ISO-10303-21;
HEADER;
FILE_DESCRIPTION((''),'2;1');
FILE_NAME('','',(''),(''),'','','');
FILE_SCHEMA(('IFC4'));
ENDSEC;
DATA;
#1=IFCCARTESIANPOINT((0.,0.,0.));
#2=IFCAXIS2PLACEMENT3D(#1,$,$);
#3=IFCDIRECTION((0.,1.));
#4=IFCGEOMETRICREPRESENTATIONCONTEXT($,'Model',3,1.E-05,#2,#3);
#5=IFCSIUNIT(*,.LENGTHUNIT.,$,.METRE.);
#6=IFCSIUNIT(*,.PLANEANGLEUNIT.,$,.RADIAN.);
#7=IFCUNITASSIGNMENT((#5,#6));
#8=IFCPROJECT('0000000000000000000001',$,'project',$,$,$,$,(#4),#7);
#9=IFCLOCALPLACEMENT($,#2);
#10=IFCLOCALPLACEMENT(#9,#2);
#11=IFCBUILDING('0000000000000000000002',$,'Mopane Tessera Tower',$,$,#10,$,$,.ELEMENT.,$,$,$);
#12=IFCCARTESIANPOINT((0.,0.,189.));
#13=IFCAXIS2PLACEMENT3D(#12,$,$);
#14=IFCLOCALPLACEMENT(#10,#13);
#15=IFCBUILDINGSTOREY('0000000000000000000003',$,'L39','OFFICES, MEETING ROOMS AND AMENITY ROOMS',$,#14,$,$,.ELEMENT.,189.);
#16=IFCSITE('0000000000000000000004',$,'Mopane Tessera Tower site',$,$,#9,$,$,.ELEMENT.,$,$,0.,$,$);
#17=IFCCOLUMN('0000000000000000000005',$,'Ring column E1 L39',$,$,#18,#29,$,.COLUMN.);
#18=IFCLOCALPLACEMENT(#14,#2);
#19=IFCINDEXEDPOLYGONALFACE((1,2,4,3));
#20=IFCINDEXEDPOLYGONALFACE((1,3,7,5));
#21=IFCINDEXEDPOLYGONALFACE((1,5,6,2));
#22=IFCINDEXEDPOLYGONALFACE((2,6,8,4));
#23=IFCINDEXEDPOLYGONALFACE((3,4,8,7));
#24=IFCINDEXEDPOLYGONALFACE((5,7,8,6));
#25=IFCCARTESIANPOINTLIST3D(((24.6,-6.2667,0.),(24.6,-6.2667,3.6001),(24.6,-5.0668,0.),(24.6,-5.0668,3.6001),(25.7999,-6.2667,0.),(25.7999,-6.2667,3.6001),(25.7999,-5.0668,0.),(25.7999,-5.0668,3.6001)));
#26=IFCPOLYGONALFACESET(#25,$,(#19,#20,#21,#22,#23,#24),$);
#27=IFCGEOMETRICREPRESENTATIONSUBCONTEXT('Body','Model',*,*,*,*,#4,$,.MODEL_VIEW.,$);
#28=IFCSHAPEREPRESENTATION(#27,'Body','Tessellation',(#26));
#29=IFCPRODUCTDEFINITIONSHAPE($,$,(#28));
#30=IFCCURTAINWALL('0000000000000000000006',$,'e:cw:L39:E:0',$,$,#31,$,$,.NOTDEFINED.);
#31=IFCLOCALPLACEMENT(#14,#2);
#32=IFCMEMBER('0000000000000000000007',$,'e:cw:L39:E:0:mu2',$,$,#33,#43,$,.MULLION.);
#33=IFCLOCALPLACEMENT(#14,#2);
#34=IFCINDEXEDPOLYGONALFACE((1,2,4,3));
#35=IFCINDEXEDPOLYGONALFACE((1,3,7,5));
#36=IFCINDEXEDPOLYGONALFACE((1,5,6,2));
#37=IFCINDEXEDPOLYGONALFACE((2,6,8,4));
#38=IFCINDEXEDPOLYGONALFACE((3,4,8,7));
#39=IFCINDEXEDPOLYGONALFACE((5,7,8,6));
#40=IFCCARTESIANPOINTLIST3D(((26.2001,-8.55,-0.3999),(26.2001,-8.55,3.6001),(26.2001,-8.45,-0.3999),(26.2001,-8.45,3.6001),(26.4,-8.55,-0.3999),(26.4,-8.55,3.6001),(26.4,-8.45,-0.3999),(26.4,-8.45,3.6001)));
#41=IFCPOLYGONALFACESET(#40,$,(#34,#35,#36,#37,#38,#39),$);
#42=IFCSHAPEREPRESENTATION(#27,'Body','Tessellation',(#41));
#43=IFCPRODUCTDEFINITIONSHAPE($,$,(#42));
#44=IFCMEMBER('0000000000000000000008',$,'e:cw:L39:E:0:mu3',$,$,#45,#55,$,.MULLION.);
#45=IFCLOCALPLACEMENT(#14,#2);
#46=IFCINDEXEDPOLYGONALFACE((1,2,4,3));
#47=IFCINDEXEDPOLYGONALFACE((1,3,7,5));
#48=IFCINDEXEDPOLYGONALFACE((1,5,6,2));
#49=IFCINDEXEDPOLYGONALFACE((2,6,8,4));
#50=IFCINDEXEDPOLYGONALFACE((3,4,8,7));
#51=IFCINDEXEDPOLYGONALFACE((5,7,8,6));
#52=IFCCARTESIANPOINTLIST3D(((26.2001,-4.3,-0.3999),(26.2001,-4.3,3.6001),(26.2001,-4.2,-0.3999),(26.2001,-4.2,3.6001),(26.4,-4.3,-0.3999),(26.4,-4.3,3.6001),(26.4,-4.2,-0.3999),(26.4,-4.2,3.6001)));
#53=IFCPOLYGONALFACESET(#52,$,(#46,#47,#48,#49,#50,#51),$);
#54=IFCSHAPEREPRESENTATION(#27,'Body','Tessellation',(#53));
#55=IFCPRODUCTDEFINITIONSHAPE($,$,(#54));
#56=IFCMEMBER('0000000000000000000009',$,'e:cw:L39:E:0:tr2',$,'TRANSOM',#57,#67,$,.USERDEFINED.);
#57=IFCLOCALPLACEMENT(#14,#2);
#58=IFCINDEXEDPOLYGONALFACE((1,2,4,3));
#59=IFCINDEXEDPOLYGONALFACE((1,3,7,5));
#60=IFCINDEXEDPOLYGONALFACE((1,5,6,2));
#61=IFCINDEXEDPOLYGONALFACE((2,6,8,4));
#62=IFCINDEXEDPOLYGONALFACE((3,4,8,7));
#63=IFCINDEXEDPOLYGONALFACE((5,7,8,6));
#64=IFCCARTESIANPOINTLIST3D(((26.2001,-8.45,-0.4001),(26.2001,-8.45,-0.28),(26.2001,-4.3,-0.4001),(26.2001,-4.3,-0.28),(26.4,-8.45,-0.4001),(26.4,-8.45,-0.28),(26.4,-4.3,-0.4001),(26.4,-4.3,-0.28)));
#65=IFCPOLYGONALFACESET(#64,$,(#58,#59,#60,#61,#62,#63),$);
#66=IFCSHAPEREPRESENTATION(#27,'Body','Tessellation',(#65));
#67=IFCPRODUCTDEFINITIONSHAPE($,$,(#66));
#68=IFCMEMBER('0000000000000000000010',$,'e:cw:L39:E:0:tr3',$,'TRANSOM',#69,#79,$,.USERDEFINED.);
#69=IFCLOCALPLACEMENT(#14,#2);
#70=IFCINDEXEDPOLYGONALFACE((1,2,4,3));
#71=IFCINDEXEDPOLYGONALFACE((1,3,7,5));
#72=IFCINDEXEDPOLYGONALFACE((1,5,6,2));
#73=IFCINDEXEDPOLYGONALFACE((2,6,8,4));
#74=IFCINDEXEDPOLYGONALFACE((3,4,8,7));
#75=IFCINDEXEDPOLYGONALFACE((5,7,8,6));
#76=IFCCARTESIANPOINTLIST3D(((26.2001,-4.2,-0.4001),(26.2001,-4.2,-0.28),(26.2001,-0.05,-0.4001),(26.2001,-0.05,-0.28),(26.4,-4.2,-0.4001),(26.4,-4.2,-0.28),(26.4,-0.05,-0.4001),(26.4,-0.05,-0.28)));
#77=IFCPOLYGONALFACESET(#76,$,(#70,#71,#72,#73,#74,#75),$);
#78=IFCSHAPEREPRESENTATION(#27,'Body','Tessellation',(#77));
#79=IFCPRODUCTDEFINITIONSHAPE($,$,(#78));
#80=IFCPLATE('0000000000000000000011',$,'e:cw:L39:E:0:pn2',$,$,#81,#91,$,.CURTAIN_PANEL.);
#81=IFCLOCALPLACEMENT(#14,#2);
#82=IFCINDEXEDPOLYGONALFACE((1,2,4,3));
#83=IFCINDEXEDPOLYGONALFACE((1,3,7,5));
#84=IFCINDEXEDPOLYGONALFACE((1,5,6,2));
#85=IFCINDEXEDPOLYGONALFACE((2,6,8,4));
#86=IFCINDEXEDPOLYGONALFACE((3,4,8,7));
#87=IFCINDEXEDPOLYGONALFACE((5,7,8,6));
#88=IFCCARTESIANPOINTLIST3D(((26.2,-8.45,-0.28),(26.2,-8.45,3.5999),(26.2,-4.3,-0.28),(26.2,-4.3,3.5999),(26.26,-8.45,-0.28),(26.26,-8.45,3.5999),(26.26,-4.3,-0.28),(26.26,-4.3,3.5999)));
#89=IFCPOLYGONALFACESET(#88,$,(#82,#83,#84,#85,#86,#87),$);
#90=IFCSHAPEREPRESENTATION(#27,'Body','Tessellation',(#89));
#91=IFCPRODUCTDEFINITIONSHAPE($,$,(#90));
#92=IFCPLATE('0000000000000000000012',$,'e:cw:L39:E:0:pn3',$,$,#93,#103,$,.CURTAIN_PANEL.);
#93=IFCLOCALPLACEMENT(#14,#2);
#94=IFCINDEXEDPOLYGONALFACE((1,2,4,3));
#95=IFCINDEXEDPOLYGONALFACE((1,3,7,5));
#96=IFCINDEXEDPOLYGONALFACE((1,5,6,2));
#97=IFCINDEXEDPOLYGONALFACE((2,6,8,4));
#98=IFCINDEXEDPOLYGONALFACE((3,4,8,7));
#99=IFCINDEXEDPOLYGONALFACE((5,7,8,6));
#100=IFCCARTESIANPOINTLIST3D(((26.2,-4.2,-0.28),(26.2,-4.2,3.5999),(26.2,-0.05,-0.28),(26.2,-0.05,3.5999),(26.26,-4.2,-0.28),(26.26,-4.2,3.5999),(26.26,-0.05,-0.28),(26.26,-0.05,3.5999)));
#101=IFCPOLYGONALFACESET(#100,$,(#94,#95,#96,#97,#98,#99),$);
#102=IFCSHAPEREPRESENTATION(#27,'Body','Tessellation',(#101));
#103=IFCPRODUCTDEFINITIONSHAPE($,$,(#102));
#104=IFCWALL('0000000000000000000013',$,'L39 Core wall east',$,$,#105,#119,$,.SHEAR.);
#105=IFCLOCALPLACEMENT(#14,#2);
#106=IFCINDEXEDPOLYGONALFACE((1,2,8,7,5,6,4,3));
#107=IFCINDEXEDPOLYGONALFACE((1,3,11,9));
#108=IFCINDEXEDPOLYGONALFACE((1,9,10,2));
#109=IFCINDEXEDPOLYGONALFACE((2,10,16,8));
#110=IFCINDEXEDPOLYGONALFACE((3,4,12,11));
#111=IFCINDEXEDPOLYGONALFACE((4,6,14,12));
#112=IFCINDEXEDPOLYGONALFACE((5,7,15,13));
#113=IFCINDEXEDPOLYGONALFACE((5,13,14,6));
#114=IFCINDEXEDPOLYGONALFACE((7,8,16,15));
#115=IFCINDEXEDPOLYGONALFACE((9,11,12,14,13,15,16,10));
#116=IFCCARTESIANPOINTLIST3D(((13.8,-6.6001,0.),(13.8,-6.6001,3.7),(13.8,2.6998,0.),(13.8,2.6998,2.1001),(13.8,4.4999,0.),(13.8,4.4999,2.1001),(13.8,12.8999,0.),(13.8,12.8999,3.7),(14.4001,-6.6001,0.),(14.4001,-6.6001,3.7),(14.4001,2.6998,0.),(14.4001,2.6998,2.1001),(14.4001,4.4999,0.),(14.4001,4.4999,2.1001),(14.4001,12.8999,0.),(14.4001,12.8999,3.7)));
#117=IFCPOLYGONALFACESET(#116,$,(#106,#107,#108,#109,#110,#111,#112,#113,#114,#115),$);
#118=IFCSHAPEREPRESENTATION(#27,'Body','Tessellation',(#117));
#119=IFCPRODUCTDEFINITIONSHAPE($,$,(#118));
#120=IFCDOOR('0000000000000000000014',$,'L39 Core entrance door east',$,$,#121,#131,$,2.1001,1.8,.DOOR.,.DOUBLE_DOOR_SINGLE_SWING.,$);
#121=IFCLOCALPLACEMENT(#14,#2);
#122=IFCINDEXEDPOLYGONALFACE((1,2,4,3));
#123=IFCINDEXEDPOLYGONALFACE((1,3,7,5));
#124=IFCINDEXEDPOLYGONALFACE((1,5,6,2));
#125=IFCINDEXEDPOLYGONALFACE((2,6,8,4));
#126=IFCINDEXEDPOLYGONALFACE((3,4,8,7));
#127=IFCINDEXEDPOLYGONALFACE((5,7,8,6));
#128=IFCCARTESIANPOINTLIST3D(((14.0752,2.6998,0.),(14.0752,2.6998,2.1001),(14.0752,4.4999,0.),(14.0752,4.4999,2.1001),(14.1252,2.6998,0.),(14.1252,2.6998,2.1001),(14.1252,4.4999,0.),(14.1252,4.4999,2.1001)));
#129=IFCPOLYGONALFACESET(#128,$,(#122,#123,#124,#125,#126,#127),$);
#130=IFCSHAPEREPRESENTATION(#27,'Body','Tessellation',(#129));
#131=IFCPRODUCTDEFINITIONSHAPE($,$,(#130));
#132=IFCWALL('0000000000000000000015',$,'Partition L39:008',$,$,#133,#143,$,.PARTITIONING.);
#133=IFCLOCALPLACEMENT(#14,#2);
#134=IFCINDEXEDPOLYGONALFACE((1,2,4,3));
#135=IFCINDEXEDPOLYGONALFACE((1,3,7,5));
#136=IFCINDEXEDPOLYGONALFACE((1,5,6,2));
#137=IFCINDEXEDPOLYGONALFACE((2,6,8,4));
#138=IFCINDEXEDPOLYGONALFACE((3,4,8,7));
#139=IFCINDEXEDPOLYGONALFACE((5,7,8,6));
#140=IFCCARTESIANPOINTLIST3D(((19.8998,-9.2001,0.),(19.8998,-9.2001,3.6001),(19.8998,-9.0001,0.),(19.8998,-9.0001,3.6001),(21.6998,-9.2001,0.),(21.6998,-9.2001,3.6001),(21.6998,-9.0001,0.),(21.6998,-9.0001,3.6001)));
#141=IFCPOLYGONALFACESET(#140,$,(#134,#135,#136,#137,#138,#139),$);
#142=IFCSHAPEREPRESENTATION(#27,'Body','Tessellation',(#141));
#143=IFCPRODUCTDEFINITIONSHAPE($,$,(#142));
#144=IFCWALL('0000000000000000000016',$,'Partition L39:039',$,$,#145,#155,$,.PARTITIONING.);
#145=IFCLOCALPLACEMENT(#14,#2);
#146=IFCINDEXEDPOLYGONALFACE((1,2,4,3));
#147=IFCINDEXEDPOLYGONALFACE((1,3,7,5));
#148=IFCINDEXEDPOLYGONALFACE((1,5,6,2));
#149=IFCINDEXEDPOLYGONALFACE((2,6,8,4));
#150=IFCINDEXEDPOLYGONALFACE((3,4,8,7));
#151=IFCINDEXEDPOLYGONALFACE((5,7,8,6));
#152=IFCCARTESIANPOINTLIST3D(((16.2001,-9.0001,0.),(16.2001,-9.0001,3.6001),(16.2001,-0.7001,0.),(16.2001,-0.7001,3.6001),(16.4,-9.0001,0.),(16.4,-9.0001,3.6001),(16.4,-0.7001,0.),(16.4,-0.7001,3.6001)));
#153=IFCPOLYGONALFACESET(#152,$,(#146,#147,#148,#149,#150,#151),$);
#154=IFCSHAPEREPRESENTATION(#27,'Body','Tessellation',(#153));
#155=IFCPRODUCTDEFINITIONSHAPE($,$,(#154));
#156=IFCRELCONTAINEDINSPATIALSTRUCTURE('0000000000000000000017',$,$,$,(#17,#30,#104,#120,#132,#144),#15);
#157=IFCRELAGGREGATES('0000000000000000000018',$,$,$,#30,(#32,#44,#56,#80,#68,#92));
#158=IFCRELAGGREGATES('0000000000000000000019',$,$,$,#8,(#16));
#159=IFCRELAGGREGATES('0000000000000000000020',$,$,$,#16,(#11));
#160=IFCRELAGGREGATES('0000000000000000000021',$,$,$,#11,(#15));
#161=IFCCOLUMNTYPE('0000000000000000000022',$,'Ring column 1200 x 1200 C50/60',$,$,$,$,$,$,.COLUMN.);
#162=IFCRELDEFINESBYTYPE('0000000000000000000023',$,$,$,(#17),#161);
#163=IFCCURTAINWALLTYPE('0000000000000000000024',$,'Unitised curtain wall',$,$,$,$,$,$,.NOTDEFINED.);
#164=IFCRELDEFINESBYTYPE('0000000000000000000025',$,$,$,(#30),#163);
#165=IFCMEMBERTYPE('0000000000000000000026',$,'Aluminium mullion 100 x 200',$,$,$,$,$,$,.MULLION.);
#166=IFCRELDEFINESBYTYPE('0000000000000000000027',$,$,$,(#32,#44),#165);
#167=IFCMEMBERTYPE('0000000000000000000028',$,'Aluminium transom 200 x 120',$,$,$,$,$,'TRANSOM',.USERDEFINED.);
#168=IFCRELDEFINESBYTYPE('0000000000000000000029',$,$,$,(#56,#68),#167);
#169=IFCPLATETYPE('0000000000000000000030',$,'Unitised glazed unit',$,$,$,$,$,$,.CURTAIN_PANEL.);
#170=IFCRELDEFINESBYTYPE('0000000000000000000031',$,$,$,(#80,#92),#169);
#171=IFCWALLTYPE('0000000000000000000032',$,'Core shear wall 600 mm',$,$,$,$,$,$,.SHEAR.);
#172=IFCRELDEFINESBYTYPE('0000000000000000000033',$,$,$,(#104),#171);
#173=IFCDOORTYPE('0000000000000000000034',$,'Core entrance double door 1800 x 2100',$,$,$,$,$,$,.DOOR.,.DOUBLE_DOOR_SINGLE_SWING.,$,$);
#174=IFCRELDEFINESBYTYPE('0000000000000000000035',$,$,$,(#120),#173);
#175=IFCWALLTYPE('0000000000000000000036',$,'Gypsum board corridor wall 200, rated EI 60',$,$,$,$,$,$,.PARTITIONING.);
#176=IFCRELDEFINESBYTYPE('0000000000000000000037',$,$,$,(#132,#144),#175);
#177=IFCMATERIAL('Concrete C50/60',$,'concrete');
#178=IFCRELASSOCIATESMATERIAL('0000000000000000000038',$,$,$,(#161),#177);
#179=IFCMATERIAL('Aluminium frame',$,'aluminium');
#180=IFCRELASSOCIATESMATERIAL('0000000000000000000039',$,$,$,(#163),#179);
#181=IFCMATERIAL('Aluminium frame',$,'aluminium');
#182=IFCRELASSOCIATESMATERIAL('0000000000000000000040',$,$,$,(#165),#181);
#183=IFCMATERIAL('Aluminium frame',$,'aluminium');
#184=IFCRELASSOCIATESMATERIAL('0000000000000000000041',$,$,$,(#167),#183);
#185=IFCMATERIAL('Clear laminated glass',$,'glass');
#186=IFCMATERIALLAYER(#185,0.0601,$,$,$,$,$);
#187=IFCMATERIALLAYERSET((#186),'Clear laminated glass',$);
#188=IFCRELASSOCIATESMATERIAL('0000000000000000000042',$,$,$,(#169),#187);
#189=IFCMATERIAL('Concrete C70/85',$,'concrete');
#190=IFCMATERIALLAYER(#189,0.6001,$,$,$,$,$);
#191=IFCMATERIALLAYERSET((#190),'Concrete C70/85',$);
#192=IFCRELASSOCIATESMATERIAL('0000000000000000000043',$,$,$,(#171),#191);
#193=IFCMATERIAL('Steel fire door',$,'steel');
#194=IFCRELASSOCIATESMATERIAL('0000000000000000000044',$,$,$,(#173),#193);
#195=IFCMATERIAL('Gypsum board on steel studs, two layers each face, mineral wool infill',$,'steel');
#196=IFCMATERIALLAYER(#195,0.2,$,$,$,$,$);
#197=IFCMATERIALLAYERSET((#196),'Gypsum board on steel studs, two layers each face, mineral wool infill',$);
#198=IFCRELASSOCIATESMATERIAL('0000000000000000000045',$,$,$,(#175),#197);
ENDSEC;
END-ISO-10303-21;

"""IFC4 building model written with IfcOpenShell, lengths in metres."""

from ifc_helpers import new_model, si_unit, direction, frame, frame_2d, origin, origin_2d, place, context, subcontext, project, spatial, rectangle, extrude, material, layer, layer_set, material_profile, profile_set, type_object, element, fill, aggregate, save


model = new_model("IFC4")

# Units and contexts
model_context = context("Model", 3, precision=1e-05, world=origin(), true_north=direction((0.0, 1.0)))
body_context = subcontext(model_context, "Body", "Model", "MODEL_VIEW")
ifc_project = project(units=[si_unit("LENGTHUNIT", "METRE"), si_unit("PLANEANGLEUNIT", "RADIAN")], contexts=[model_context])

# Site, building, storey
site_placement = place(None, origin())
site = spatial("IfcSite", under=ifc_project, at=site_placement, Name="Mopane Tessera Tower site", CompositionType="ELEMENT", RefElevation=0.0)
building_placement = place(site_placement, origin())
building = spatial("IfcBuilding", under=site, at=building_placement, Name="Mopane Tessera Tower", CompositionType="ELEMENT")
storey_placement = place(building_placement, frame((0.0, 0.0, 189.0)))
storey = spatial("IfcBuildingStorey", under=building, at=storey_placement, Name="L39", Description="OFFICES, MEETING ROOMS AND AMENITY ROOMS", CompositionType="ELEMENT", Elevation=189.0)

# Column
ifc_material_1 = material(Name="Concrete C50/60", Category="concrete")
ifc_material_profile_1 = material_profile(ifc_material_1, rectangle(XDim=1.2, YDim=1.2, at=origin_2d()))
ifc_profile_set_1 = profile_set([ifc_material_profile_1], Name="Concrete C50/60")
column_type = type_object("IfcColumnType", Name="Ring column 1200 x 1200 C50/60", PredefinedType="COLUMN", material=ifc_profile_set_1)
column_placement = place(storey_placement, frame((25.2, -5.6667, 0.0), z_axis=(0.0, 0.0, 1.0), x_axis=(1.0, 0.0, 0.0)))
element("IfcColumn", 1, at=column_placement, inside=storey, type_object=column_type, Name="Ring column E1 L39", PredefinedType="COLUMN", context=body_context, shape_type="SweptSolid", body=[
    extrude(rectangle(XDim=1.2, YDim=1.2, at=origin_2d()), origin(), (0.0, 0.0, 1.0), 3.6001),
])

# Curtain wall, members, plates
ifc_material_2 = material(Name="Aluminium frame", Category="aluminium")
curtain_wall_type = type_object("IfcCurtainWallType", Name="Unitised curtain wall", PredefinedType="NOTDEFINED", material=ifc_material_2)
curtain_wall_placement = place(storey_placement, origin())
curtain_wall = element("IfcCurtainWall", 2, at=curtain_wall_placement, inside=storey, type_object=curtain_wall_type, Name="e:cw:L39:E:0", PredefinedType="NOTDEFINED")
ifc_material_3 = material(Name="Aluminium frame", Category="aluminium")
ifc_material_profile_2 = material_profile(ifc_material_3, rectangle(XDim=0.1001, YDim=0.2, at=origin_2d()))
ifc_profile_set_2 = profile_set([ifc_material_profile_2], Name="Aluminium frame")
member_type_1 = type_object("IfcMemberType", Name="Aluminium mullion 100 x 200", PredefinedType="MULLION", material=ifc_profile_set_2)
member_1_placement = place(storey_placement, frame((26.3, -8.5, -0.3999), z_axis=(0.0, 0.0, 1.0), x_axis=(0.0, 1.0, 0.0)))
member_1 = element("IfcMember", 3, at=member_1_placement, type_object=member_type_1, Name="e:cw:L39:E:0:mu2", PredefinedType="MULLION", context=body_context, shape_type="SweptSolid", body=[
    extrude(rectangle(XDim=0.1001, YDim=0.2, at=origin_2d()), origin(), (0.0, 0.0, 1.0), 4.0),
])
member_2_placement = place(storey_placement, frame((26.3, -4.25, -0.3999), z_axis=(0.0, 0.0, 1.0), x_axis=(0.0, 1.0, 0.0)))
member_2 = element("IfcMember", 4, at=member_2_placement, type_object=member_type_1, Name="e:cw:L39:E:0:mu3", PredefinedType="MULLION", context=body_context, shape_type="SweptSolid", body=[
    extrude(rectangle(XDim=0.1001, YDim=0.2, at=origin_2d()), origin(), (0.0, 0.0, 1.0), 4.0),
])
ifc_material_4 = material(Name="Aluminium frame", Category="aluminium")
ifc_material_profile_3 = material_profile(ifc_material_4, rectangle(XDim=0.2, YDim=0.1201, at=origin_2d()))
ifc_profile_set_3 = profile_set([ifc_material_profile_3], Name="Aluminium frame")
member_type_2 = type_object("IfcMemberType", Name="Aluminium transom 200 x 120", ElementType="TRANSOM", PredefinedType="USERDEFINED", material=ifc_profile_set_3)
member_3_placement = place(storey_placement, frame((26.3, -8.45, -0.3401), z_axis=(0.0, 1.0, 0.0), x_axis=(-1.0, 0.0, 0.0)))
member_3 = element("IfcMember", 5, at=member_3_placement, type_object=member_type_2, Name="e:cw:L39:E:0:tr2", ObjectType="TRANSOM", PredefinedType="USERDEFINED", context=body_context, shape_type="SweptSolid", body=[
    extrude(rectangle(XDim=0.2, YDim=0.1201, at=origin_2d()), origin(), (0.0, 0.0, 1.0), 4.1499),
])
member_4_placement = place(storey_placement, frame((26.3, -4.2, -0.3401), z_axis=(0.0, 1.0, 0.0), x_axis=(-1.0, 0.0, 0.0)))
member_4 = element("IfcMember", 6, at=member_4_placement, type_object=member_type_2, Name="e:cw:L39:E:0:tr3", ObjectType="TRANSOM", PredefinedType="USERDEFINED", context=body_context, shape_type="SweptSolid", body=[
    extrude(rectangle(XDim=0.2, YDim=0.1201, at=origin_2d()), origin(), (0.0, 0.0, 1.0), 4.1499),
])
ifc_material_5 = material(Name="Clear laminated glass", Category="glass")
ifc_layer_1 = layer(ifc_material_5, 0.0601)
ifc_layer_set_1 = layer_set([ifc_layer_1], Name="Clear laminated glass")
plate_type = type_object("IfcPlateType", Name="Unitised glazed unit", PredefinedType="CURTAIN_PANEL", material=ifc_layer_set_1)
plate_1_placement = place(storey_placement, frame((26.23, -6.375, -0.28), z_axis=(0.0, 0.0, 1.0), x_axis=(0.0, 1.0, 0.0)))
plate_1 = element("IfcPlate", 7, at=plate_1_placement, type_object=plate_type, Name="e:cw:L39:E:0:pn2", PredefinedType="CURTAIN_PANEL", context=body_context, shape_type="SweptSolid", body=[
    extrude(rectangle(XDim=4.1499, YDim=0.0601, at=origin_2d()), origin(), (0.0, 0.0, 1.0), 3.8799),
])
plate_2_placement = place(storey_placement, frame((26.23, -2.125, -0.28), z_axis=(0.0, 0.0, 1.0), x_axis=(0.0, 1.0, 0.0)))
plate_2 = element("IfcPlate", 8, at=plate_2_placement, type_object=plate_type, Name="e:cw:L39:E:0:pn3", PredefinedType="CURTAIN_PANEL", context=body_context, shape_type="SweptSolid", body=[
    extrude(rectangle(XDim=4.1499, YDim=0.0601, at=origin_2d()), origin(), (0.0, 0.0, 1.0), 3.8799),
])
aggregate(curtain_wall, [member_1, member_2, member_3, plate_1, member_4, plate_2])

# Wall, opening, door
ifc_material_6 = material(Name="Concrete C70/85", Category="concrete")
ifc_layer_2 = layer(ifc_material_6, 0.6001)
ifc_layer_set_2 = layer_set([ifc_layer_2], Name="Concrete C70/85")
wall_type_1 = type_object("IfcWallType", Name="Core shear wall 600 mm", PredefinedType="SHEAR", material=ifc_layer_set_2)
wall_1_placement = place(storey_placement, frame((14.1001, -6.6001, 0.0), z_axis=(0.0, 0.0, 1.0), x_axis=(0.0, 1.0, 0.0)))
wall_1 = element("IfcWall", 9, at=wall_1_placement, inside=storey, type_object=wall_type_1, Name="L39 Core wall east", PredefinedType="SHEAR", context=body_context, shape_type="SweptSolid", body=[
    extrude(rectangle(XDim=19.5, YDim=0.6001, at=frame_2d((9.75, 0.0))), origin(), (0.0, 0.0, 1.0), 3.7),
])
opening_1_placement = place(wall_1_placement, frame((9.3, 0.0, 0.0)))
opening_1 = element("IfcOpeningElement", 10, at=opening_1_placement, cuts=wall_1, PredefinedType="OPENING", context=body_context, shape_type="SweptSolid", body=[
    extrude(rectangle(XDim=1.8, YDim=2.1001, at=frame_2d((0.8999, 1.05))), frame((0.0, 0.312, 0.0), z_axis=(0.0, -1.0, 0.0), x_axis=(1.0, 0.0, 0.0)), (0.0, 0.0, 1.0), 0.624),
])
ifc_material_7 = material(Name="Steel fire door", Category="steel")
door_type_1 = type_object("IfcDoorType", Name="Core entrance double door 1800 x 2100", OperationType="DOUBLE_DOOR_SINGLE_SWING", PredefinedType="DOOR", material=ifc_material_7)
door_1_placement = place(opening_1_placement, origin())
door_1 = element("IfcDoor", 11, at=door_1_placement, inside=storey, type_object=door_type_1, Name="L39 Core entrance door east", OperationType="DOUBLE_DOOR_SINGLE_SWING", OverallHeight=2.1001, OverallWidth=1.8, PredefinedType="DOOR", context=body_context, shape_type="SweptSolid", body=[
    extrude(rectangle(XDim=1.8, YDim=2.1001, at=frame_2d((0.8999, 1.05))), frame((0.0, 0.0249, 0.0), z_axis=(0.0, -1.0, 0.0), x_axis=(1.0, 0.0, 0.0)), (0.0, 0.0, 1.0), 0.05),
])
fill(opening_1, door_1)

# Walls
ifc_material_8 = material(Name="Gypsum board on steel studs, two layers each face, mineral wool infill", Category="steel")
ifc_layer_3 = layer(ifc_material_8, 0.2)
ifc_layer_set_3 = layer_set([ifc_layer_3], Name="Gypsum board on steel studs, two layers each face, mineral wool infill")
wall_type_2 = type_object("IfcWallType", Name="Gypsum board corridor wall 200, rated EI 60", PredefinedType="PARTITIONING", material=ifc_layer_set_3)
wall_2_placement = place(storey_placement, frame((19.8999, -9.1001, 0.0), z_axis=(0.0, 0.0, 1.0), x_axis=(1.0, 0.0, 0.0)))
element("IfcWall", 12, at=wall_2_placement, inside=storey, type_object=wall_type_2, Name="Partition L39:008", PredefinedType="PARTITIONING", context=body_context, shape_type="SweptSolid", body=[
    extrude(rectangle(XDim=1.8, YDim=0.2, at=frame_2d((0.8999, 0.0))), origin(), (0.0, 0.0, 1.0), 3.6001),
])
wall_3_placement = place(storey_placement, frame((16.3, -9.0, 0.0), z_axis=(0.0, 0.0, 1.0), x_axis=(0.0, 1.0, 0.0)))
element("IfcWall", 13, at=wall_3_placement, inside=storey, type_object=wall_type_2, Name="Partition L39:039", PredefinedType="PARTITIONING", context=body_context, shape_type="SweptSolid", body=[
    extrude(rectangle(XDim=8.3, YDim=0.2, at=frame_2d((4.1499, 0.0))), origin(), (0.0, 0.0, 1.0), 3.6001),
])

save(model, "model.ifc")
